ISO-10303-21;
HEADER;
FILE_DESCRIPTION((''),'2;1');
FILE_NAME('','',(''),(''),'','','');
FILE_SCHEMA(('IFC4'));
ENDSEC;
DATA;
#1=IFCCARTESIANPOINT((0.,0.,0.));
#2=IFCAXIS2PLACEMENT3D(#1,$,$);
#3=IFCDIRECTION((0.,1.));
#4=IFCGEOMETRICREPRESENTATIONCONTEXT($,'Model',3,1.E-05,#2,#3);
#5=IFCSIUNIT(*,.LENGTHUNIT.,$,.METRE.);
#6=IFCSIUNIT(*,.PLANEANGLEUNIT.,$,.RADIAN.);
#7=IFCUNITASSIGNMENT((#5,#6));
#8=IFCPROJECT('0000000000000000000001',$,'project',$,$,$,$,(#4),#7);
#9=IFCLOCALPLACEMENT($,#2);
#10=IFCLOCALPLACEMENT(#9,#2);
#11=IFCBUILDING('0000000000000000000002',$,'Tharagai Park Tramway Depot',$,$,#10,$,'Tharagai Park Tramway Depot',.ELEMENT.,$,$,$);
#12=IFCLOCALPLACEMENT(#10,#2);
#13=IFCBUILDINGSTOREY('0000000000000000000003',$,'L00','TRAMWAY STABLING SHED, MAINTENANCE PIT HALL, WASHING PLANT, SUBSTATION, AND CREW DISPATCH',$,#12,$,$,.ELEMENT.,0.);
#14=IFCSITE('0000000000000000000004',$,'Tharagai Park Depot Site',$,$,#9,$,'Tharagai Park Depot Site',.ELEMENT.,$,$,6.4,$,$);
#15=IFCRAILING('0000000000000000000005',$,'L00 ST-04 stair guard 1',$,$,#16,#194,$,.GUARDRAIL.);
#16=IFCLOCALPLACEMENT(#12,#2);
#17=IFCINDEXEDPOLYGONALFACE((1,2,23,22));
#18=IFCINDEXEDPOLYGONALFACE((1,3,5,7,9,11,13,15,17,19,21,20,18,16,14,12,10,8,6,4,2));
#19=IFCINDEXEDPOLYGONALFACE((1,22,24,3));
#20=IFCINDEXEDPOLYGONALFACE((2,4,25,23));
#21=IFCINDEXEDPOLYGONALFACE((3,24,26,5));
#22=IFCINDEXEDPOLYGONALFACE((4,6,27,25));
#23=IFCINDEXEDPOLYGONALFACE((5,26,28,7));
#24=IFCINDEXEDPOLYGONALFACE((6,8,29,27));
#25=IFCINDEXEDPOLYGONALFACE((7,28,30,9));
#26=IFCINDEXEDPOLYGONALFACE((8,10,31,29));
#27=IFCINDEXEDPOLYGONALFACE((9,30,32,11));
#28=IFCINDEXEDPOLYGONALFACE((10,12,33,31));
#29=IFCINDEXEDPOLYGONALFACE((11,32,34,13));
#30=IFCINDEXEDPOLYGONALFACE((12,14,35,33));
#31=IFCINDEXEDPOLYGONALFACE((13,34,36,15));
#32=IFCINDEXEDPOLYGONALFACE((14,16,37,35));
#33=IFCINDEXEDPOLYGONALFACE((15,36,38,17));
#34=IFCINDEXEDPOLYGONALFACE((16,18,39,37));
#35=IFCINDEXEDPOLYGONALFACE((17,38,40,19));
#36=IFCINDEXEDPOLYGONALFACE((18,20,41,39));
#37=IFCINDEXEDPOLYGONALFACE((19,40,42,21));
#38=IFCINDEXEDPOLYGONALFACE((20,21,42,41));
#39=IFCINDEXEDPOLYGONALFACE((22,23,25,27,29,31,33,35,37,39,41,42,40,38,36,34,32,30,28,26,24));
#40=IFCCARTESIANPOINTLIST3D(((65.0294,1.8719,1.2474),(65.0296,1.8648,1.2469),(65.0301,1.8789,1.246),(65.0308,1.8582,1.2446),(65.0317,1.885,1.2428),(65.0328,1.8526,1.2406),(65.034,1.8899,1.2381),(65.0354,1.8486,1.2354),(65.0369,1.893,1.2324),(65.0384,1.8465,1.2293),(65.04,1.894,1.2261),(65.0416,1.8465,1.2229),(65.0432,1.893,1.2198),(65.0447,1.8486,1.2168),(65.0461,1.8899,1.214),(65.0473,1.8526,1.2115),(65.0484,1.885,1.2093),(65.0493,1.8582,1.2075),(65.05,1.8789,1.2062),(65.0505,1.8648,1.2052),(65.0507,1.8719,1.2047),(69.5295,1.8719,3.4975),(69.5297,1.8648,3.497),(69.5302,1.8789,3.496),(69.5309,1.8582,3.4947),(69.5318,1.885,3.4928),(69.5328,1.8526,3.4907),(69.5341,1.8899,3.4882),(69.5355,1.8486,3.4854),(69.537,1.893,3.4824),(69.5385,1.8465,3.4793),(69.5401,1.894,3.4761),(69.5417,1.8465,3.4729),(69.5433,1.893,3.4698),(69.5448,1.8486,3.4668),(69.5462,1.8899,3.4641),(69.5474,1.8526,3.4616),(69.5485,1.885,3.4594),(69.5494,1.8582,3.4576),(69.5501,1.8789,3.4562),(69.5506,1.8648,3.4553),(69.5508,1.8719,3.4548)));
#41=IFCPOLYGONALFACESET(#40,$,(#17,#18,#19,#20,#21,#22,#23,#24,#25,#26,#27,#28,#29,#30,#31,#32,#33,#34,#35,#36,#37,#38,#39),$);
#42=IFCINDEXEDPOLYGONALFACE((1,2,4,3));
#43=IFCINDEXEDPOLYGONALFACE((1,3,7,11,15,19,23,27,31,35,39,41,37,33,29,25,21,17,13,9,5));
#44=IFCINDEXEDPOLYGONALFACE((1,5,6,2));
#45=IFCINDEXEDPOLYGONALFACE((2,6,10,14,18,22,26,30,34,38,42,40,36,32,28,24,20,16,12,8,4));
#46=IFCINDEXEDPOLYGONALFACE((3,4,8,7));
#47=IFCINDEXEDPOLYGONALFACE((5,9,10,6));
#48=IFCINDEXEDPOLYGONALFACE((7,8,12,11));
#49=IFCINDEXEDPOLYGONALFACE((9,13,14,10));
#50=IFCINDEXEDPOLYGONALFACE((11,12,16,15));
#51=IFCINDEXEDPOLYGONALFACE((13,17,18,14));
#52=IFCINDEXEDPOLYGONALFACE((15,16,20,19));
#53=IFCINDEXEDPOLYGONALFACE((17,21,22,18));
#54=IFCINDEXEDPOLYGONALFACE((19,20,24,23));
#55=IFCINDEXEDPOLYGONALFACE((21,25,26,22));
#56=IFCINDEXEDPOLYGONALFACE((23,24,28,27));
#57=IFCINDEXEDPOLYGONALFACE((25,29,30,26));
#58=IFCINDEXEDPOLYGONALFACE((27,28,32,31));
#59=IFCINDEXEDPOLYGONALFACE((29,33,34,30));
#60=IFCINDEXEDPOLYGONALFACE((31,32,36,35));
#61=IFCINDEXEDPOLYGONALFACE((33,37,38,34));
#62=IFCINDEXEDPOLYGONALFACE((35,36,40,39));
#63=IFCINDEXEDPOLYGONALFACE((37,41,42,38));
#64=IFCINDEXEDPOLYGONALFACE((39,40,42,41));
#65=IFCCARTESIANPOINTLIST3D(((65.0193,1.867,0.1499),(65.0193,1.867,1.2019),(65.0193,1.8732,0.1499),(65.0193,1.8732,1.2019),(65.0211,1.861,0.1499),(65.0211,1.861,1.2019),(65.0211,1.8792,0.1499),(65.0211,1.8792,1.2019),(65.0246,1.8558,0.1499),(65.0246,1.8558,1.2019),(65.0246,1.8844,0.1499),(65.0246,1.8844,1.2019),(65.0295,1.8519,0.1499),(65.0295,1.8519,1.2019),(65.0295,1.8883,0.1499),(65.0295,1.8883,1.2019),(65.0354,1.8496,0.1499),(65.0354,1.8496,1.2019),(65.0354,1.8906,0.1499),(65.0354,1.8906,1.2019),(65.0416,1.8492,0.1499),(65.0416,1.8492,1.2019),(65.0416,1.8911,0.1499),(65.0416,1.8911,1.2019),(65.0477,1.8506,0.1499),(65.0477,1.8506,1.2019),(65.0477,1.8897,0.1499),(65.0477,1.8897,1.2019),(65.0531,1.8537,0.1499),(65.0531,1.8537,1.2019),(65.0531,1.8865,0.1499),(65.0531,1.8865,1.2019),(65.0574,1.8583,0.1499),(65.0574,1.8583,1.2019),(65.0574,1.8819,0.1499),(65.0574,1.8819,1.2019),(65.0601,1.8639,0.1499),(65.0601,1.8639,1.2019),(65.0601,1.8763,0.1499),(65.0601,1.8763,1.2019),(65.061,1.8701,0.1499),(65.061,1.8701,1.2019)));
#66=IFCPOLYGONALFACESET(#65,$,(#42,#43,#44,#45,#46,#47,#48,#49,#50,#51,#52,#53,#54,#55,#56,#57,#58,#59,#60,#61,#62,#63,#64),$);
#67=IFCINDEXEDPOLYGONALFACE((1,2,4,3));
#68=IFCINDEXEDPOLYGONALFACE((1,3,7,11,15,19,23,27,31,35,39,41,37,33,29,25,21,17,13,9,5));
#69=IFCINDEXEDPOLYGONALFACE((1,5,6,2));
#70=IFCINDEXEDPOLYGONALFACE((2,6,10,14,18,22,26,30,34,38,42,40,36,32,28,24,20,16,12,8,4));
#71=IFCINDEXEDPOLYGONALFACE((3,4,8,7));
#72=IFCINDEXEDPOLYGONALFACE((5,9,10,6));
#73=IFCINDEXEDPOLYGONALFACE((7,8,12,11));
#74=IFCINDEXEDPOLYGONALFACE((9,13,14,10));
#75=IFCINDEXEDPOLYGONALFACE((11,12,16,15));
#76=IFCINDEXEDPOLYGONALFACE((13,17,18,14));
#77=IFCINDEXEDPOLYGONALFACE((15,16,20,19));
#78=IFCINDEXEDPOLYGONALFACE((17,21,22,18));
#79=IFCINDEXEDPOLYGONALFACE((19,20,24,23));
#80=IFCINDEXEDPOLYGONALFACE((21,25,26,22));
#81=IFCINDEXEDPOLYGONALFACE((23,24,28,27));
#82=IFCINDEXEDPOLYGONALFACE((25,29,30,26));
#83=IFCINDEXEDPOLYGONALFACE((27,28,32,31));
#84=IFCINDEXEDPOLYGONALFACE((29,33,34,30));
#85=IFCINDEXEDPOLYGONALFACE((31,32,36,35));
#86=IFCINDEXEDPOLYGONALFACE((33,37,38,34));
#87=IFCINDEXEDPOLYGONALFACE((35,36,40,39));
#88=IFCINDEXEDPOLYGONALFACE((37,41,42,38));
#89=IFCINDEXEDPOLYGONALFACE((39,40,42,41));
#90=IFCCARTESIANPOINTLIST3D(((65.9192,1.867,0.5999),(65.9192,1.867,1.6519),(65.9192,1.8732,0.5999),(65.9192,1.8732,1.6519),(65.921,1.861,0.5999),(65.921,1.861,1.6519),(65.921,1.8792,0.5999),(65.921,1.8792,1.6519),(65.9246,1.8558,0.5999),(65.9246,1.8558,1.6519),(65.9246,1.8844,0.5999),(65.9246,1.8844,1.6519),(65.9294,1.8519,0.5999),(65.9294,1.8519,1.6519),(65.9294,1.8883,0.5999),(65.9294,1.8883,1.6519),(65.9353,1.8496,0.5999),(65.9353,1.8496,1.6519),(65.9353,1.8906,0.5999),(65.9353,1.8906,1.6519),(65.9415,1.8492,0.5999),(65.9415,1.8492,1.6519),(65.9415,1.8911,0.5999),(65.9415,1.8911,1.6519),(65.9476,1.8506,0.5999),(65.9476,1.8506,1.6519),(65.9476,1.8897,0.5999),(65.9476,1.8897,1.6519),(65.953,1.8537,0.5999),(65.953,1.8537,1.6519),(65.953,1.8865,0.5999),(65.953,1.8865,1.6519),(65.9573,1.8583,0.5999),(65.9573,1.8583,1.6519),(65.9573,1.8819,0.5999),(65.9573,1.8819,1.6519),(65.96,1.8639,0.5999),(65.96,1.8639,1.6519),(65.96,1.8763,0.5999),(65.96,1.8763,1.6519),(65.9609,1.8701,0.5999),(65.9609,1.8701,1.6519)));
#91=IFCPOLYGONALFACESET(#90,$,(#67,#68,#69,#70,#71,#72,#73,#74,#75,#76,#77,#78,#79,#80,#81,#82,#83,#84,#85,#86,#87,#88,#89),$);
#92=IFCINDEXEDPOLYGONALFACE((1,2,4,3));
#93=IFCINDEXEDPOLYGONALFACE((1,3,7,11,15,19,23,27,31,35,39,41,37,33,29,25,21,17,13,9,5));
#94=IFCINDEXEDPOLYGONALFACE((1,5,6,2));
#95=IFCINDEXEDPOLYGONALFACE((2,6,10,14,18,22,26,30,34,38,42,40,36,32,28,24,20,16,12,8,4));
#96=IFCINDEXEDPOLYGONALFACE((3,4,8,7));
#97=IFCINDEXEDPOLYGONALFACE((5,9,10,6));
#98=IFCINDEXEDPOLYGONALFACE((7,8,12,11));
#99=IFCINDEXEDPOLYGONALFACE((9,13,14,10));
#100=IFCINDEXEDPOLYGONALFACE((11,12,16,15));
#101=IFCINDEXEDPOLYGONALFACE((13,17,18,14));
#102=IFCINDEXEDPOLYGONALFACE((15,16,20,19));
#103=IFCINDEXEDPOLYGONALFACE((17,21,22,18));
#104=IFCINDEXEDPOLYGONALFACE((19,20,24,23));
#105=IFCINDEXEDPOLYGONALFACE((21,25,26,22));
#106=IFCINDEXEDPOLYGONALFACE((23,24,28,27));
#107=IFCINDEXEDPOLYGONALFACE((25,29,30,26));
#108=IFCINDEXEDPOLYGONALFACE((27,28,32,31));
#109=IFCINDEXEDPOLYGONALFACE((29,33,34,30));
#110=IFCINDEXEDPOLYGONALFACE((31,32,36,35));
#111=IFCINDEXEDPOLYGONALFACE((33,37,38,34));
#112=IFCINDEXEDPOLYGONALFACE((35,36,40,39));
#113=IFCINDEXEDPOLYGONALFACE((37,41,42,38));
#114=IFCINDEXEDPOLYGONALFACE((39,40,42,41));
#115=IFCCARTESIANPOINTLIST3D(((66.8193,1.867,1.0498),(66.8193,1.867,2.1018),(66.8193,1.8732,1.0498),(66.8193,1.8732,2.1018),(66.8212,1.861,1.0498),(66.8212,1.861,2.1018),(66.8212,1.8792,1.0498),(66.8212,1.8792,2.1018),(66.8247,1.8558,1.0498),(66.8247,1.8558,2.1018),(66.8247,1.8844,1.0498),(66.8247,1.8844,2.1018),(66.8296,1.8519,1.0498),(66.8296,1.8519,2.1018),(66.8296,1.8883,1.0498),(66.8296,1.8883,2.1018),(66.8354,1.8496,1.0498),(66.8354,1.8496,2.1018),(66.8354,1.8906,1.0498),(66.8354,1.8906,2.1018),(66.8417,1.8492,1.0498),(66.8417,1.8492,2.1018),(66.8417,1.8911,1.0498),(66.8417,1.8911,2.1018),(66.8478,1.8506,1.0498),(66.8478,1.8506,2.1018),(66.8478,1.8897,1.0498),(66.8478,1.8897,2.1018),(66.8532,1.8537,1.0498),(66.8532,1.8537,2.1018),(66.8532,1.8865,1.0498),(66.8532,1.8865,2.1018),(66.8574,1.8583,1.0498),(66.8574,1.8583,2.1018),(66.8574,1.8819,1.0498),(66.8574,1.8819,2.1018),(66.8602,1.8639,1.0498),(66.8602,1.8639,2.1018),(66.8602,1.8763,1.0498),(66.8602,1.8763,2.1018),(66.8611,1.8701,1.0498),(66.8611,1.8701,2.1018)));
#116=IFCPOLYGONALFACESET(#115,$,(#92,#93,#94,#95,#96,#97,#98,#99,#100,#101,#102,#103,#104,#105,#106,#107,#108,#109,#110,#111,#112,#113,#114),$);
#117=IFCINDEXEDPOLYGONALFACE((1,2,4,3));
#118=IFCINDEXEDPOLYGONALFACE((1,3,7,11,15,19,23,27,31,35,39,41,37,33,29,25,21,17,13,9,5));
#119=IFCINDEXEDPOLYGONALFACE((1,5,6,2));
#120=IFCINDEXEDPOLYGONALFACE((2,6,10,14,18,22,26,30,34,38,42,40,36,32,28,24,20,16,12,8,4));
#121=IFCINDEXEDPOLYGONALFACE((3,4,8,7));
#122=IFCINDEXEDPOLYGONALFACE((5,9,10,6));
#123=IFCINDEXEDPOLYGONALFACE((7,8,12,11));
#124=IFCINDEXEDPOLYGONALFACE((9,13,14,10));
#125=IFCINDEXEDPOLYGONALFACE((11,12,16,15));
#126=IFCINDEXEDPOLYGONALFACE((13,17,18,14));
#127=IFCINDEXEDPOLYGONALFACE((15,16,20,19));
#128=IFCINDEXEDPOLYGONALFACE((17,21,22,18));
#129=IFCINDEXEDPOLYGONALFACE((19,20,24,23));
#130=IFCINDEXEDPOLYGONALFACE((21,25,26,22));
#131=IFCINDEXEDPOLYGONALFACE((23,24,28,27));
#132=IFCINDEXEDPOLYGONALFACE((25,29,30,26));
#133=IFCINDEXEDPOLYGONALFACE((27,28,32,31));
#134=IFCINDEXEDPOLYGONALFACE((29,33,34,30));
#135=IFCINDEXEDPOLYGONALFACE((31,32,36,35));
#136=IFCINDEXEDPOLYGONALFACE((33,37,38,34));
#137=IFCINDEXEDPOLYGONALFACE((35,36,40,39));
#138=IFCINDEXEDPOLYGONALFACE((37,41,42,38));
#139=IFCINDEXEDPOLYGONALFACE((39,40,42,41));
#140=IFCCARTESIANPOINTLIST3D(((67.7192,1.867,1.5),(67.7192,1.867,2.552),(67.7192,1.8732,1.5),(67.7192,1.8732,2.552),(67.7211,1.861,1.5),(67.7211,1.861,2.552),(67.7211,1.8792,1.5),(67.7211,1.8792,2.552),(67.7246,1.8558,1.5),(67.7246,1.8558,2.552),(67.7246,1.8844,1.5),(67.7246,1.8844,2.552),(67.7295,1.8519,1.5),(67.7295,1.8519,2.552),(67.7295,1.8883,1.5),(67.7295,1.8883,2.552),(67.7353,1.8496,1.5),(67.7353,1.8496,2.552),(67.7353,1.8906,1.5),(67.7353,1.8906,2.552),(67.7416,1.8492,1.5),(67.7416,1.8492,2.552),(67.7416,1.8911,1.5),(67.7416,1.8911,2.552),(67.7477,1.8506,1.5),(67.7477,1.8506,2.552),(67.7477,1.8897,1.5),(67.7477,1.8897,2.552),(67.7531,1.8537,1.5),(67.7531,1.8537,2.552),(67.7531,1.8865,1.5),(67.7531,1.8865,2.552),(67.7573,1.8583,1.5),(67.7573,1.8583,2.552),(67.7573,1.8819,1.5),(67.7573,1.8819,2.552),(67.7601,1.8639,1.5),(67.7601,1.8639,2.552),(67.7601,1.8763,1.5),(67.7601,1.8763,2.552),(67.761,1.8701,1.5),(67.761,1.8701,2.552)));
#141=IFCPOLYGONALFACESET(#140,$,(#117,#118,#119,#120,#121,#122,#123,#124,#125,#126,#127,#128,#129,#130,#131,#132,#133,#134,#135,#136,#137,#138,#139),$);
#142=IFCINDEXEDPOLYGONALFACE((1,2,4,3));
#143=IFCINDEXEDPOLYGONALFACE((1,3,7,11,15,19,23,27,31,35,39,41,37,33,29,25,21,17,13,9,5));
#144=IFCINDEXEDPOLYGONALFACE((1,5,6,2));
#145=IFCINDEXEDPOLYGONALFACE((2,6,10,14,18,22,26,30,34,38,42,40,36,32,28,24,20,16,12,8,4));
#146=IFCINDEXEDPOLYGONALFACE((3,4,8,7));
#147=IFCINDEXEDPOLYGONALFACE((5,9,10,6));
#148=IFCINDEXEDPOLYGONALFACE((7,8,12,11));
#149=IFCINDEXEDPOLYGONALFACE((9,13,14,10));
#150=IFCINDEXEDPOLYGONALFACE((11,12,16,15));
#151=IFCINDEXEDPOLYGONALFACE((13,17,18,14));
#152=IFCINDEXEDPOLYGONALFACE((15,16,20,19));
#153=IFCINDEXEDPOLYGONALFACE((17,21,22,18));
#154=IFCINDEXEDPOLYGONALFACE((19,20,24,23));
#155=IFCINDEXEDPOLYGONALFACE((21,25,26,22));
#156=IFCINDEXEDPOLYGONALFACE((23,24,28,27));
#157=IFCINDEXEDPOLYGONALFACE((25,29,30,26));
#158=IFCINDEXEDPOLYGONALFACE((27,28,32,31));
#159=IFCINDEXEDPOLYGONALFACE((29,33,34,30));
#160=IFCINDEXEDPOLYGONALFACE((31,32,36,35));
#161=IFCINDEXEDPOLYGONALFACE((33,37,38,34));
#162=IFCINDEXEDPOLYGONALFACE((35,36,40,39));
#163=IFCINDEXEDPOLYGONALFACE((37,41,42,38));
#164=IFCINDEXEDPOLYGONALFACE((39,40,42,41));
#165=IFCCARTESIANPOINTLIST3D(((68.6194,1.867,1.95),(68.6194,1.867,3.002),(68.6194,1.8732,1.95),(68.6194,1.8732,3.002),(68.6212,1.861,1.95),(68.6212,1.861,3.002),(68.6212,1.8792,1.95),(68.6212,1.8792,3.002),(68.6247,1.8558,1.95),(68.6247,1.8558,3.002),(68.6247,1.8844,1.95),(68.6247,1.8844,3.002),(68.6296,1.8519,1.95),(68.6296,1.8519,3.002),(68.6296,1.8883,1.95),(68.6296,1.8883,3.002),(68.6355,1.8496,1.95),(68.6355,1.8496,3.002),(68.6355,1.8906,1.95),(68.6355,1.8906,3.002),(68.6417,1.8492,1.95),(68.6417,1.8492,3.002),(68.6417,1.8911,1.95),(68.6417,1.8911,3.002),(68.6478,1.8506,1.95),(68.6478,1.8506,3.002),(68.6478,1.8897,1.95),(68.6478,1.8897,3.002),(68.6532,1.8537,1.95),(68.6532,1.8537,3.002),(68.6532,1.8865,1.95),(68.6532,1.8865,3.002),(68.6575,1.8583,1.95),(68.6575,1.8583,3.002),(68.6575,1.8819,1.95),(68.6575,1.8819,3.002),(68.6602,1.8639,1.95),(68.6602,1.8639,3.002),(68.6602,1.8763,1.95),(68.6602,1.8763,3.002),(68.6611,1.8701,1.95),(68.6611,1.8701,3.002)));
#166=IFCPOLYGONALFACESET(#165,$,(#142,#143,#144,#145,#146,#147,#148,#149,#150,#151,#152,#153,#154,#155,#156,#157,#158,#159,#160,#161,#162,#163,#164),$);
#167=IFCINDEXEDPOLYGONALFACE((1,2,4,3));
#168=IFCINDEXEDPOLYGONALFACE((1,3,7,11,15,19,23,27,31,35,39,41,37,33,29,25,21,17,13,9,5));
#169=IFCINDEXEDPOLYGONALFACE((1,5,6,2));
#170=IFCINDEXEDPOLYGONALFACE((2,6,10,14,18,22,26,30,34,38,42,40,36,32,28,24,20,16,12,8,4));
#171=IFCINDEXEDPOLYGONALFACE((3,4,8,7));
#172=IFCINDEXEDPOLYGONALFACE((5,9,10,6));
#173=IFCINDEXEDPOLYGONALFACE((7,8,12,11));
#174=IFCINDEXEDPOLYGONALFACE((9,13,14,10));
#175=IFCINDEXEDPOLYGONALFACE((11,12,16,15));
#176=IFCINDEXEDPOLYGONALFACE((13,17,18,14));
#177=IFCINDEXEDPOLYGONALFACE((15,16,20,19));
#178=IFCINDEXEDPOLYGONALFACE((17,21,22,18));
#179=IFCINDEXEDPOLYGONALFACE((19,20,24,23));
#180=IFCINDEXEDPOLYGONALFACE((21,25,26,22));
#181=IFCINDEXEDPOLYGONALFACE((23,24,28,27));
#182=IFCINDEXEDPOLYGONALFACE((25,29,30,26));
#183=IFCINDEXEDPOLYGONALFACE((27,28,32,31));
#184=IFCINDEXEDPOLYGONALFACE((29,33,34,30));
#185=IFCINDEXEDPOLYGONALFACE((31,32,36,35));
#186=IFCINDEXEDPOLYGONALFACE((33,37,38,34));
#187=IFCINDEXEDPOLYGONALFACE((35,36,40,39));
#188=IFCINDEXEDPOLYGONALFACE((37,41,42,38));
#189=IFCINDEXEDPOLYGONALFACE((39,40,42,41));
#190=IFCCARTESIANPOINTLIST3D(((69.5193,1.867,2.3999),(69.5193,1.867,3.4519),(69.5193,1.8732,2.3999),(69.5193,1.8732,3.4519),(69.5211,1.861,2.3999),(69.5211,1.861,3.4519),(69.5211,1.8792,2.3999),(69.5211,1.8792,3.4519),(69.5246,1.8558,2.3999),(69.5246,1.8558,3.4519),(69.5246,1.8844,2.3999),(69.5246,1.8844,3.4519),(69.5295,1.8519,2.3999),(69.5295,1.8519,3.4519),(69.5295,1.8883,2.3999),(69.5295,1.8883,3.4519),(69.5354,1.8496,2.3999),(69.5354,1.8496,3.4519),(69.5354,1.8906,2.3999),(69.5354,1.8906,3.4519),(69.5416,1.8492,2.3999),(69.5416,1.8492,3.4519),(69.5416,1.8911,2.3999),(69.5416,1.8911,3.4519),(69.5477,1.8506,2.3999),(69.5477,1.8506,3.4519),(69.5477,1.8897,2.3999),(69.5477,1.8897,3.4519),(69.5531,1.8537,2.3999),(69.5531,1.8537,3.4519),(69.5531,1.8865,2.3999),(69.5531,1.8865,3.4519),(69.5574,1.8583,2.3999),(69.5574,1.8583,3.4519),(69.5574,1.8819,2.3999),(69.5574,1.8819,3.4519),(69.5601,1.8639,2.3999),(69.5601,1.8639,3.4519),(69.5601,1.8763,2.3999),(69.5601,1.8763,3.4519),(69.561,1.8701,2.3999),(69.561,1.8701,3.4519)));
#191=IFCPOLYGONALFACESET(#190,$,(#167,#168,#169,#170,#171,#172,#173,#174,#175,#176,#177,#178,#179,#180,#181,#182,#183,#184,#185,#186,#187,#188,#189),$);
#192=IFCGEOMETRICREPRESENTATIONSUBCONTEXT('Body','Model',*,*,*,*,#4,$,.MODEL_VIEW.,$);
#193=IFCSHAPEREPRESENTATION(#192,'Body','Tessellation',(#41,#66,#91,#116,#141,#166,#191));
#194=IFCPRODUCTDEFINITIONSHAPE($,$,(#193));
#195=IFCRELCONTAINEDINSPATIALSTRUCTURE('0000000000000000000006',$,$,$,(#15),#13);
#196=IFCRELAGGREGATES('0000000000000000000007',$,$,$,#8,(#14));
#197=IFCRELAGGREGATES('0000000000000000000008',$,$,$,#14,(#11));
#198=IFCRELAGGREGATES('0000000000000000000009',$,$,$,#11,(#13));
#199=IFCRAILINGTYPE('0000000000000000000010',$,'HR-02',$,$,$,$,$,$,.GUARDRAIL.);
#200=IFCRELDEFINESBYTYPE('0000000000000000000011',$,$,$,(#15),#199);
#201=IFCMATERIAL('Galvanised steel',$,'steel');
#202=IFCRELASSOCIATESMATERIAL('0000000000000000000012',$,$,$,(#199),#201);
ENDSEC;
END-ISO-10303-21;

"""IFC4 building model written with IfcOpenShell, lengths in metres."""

from ifc_helpers import new_model, si_unit, direction, frame, origin, origin_2d, place, context, subcontext, project, spatial, circle, extrude, material, type_object, element, save


model = new_model("IFC4")

# Units and contexts
model_context = context("Model", 3, precision=1e-05, world=origin(), true_north=direction((0.0, 1.0)))
body_context = subcontext(model_context, "Body", "Model", "MODEL_VIEW")
ifc_project = project(units=[si_unit("LENGTHUNIT", "METRE"), si_unit("PLANEANGLEUNIT", "RADIAN")], contexts=[model_context])

# Site, building, storey
site_placement = place(None, origin())
site = spatial("IfcSite", under=ifc_project, at=site_placement, Name="Tharagai Park Depot Site", LongName="Tharagai Park Depot Site", CompositionType="ELEMENT", RefElevation=6.4)
building_placement = place(site_placement, origin())
building = spatial("IfcBuilding", under=site, at=building_placement, Name="Tharagai Park Tramway Depot", LongName="Tharagai Park Tramway Depot", CompositionType="ELEMENT")
storey_placement = place(building_placement, origin())
storey = spatial("IfcBuildingStorey", under=building, at=storey_placement, Name="L00", Description="TRAMWAY STABLING SHED, MAINTENANCE PIT HALL, WASHING PLANT, SUBSTATION, AND CREW DISPATCH", CompositionType="ELEMENT", Elevation=0.0)

# Shared definitions
ifc_material_1 = material(Name="Galvanised steel", Category="steel")

# Railing
railing_type_1 = type_object("IfcRailingType", Name="HR-02", PredefinedType="GUARDRAIL", material=ifc_material_1)
railing_1_placement = place(storey_placement, frame((65.04, 1.8701, 0.1499)))
element("IfcRailing", 1, at=railing_1_placement, inside=storey, type_object=railing_type_1, Name="L00 ST-04 stair guard 1", PredefinedType="GUARDRAIL", context=body_context, shape_type="SweptSolid", body=[
    extrude(circle(Radius=0.0239, at=origin_2d()), frame((0.0, 0.0, 1.0762), z_axis=(0.894427, 0.0, 0.447214), x_axis=(0.0, 1.0, 0.0)), (0.0, 0.0, 1.0), 5.0312),
    extrude(circle(Radius=0.021, at=origin_2d()), origin(), (0.0, 0.0, 1.0), 1.052),
    extrude(circle(Radius=0.021, at=origin_2d()), frame((0.8999, 0.0, 0.45)), (0.0, 0.0, 1.0), 1.052),
    extrude(circle(Radius=0.021, at=origin_2d()), frame((1.8, 0.0, 0.8999)), (0.0, 0.0, 1.0), 1.052),
    extrude(circle(Radius=0.021, at=origin_2d()), frame((2.7, 0.0, 1.3501)), (0.0, 0.0, 1.0), 1.052),
    extrude(circle(Radius=0.021, at=origin_2d()), frame((3.6001, 0.0, 1.8)), (0.0, 0.0, 1.0), 1.052),
    extrude(circle(Radius=0.021, at=origin_2d()), frame((4.5, 0.0, 2.25)), (0.0, 0.0, 1.0), 1.052),
])

save(model, "model.ifc")
